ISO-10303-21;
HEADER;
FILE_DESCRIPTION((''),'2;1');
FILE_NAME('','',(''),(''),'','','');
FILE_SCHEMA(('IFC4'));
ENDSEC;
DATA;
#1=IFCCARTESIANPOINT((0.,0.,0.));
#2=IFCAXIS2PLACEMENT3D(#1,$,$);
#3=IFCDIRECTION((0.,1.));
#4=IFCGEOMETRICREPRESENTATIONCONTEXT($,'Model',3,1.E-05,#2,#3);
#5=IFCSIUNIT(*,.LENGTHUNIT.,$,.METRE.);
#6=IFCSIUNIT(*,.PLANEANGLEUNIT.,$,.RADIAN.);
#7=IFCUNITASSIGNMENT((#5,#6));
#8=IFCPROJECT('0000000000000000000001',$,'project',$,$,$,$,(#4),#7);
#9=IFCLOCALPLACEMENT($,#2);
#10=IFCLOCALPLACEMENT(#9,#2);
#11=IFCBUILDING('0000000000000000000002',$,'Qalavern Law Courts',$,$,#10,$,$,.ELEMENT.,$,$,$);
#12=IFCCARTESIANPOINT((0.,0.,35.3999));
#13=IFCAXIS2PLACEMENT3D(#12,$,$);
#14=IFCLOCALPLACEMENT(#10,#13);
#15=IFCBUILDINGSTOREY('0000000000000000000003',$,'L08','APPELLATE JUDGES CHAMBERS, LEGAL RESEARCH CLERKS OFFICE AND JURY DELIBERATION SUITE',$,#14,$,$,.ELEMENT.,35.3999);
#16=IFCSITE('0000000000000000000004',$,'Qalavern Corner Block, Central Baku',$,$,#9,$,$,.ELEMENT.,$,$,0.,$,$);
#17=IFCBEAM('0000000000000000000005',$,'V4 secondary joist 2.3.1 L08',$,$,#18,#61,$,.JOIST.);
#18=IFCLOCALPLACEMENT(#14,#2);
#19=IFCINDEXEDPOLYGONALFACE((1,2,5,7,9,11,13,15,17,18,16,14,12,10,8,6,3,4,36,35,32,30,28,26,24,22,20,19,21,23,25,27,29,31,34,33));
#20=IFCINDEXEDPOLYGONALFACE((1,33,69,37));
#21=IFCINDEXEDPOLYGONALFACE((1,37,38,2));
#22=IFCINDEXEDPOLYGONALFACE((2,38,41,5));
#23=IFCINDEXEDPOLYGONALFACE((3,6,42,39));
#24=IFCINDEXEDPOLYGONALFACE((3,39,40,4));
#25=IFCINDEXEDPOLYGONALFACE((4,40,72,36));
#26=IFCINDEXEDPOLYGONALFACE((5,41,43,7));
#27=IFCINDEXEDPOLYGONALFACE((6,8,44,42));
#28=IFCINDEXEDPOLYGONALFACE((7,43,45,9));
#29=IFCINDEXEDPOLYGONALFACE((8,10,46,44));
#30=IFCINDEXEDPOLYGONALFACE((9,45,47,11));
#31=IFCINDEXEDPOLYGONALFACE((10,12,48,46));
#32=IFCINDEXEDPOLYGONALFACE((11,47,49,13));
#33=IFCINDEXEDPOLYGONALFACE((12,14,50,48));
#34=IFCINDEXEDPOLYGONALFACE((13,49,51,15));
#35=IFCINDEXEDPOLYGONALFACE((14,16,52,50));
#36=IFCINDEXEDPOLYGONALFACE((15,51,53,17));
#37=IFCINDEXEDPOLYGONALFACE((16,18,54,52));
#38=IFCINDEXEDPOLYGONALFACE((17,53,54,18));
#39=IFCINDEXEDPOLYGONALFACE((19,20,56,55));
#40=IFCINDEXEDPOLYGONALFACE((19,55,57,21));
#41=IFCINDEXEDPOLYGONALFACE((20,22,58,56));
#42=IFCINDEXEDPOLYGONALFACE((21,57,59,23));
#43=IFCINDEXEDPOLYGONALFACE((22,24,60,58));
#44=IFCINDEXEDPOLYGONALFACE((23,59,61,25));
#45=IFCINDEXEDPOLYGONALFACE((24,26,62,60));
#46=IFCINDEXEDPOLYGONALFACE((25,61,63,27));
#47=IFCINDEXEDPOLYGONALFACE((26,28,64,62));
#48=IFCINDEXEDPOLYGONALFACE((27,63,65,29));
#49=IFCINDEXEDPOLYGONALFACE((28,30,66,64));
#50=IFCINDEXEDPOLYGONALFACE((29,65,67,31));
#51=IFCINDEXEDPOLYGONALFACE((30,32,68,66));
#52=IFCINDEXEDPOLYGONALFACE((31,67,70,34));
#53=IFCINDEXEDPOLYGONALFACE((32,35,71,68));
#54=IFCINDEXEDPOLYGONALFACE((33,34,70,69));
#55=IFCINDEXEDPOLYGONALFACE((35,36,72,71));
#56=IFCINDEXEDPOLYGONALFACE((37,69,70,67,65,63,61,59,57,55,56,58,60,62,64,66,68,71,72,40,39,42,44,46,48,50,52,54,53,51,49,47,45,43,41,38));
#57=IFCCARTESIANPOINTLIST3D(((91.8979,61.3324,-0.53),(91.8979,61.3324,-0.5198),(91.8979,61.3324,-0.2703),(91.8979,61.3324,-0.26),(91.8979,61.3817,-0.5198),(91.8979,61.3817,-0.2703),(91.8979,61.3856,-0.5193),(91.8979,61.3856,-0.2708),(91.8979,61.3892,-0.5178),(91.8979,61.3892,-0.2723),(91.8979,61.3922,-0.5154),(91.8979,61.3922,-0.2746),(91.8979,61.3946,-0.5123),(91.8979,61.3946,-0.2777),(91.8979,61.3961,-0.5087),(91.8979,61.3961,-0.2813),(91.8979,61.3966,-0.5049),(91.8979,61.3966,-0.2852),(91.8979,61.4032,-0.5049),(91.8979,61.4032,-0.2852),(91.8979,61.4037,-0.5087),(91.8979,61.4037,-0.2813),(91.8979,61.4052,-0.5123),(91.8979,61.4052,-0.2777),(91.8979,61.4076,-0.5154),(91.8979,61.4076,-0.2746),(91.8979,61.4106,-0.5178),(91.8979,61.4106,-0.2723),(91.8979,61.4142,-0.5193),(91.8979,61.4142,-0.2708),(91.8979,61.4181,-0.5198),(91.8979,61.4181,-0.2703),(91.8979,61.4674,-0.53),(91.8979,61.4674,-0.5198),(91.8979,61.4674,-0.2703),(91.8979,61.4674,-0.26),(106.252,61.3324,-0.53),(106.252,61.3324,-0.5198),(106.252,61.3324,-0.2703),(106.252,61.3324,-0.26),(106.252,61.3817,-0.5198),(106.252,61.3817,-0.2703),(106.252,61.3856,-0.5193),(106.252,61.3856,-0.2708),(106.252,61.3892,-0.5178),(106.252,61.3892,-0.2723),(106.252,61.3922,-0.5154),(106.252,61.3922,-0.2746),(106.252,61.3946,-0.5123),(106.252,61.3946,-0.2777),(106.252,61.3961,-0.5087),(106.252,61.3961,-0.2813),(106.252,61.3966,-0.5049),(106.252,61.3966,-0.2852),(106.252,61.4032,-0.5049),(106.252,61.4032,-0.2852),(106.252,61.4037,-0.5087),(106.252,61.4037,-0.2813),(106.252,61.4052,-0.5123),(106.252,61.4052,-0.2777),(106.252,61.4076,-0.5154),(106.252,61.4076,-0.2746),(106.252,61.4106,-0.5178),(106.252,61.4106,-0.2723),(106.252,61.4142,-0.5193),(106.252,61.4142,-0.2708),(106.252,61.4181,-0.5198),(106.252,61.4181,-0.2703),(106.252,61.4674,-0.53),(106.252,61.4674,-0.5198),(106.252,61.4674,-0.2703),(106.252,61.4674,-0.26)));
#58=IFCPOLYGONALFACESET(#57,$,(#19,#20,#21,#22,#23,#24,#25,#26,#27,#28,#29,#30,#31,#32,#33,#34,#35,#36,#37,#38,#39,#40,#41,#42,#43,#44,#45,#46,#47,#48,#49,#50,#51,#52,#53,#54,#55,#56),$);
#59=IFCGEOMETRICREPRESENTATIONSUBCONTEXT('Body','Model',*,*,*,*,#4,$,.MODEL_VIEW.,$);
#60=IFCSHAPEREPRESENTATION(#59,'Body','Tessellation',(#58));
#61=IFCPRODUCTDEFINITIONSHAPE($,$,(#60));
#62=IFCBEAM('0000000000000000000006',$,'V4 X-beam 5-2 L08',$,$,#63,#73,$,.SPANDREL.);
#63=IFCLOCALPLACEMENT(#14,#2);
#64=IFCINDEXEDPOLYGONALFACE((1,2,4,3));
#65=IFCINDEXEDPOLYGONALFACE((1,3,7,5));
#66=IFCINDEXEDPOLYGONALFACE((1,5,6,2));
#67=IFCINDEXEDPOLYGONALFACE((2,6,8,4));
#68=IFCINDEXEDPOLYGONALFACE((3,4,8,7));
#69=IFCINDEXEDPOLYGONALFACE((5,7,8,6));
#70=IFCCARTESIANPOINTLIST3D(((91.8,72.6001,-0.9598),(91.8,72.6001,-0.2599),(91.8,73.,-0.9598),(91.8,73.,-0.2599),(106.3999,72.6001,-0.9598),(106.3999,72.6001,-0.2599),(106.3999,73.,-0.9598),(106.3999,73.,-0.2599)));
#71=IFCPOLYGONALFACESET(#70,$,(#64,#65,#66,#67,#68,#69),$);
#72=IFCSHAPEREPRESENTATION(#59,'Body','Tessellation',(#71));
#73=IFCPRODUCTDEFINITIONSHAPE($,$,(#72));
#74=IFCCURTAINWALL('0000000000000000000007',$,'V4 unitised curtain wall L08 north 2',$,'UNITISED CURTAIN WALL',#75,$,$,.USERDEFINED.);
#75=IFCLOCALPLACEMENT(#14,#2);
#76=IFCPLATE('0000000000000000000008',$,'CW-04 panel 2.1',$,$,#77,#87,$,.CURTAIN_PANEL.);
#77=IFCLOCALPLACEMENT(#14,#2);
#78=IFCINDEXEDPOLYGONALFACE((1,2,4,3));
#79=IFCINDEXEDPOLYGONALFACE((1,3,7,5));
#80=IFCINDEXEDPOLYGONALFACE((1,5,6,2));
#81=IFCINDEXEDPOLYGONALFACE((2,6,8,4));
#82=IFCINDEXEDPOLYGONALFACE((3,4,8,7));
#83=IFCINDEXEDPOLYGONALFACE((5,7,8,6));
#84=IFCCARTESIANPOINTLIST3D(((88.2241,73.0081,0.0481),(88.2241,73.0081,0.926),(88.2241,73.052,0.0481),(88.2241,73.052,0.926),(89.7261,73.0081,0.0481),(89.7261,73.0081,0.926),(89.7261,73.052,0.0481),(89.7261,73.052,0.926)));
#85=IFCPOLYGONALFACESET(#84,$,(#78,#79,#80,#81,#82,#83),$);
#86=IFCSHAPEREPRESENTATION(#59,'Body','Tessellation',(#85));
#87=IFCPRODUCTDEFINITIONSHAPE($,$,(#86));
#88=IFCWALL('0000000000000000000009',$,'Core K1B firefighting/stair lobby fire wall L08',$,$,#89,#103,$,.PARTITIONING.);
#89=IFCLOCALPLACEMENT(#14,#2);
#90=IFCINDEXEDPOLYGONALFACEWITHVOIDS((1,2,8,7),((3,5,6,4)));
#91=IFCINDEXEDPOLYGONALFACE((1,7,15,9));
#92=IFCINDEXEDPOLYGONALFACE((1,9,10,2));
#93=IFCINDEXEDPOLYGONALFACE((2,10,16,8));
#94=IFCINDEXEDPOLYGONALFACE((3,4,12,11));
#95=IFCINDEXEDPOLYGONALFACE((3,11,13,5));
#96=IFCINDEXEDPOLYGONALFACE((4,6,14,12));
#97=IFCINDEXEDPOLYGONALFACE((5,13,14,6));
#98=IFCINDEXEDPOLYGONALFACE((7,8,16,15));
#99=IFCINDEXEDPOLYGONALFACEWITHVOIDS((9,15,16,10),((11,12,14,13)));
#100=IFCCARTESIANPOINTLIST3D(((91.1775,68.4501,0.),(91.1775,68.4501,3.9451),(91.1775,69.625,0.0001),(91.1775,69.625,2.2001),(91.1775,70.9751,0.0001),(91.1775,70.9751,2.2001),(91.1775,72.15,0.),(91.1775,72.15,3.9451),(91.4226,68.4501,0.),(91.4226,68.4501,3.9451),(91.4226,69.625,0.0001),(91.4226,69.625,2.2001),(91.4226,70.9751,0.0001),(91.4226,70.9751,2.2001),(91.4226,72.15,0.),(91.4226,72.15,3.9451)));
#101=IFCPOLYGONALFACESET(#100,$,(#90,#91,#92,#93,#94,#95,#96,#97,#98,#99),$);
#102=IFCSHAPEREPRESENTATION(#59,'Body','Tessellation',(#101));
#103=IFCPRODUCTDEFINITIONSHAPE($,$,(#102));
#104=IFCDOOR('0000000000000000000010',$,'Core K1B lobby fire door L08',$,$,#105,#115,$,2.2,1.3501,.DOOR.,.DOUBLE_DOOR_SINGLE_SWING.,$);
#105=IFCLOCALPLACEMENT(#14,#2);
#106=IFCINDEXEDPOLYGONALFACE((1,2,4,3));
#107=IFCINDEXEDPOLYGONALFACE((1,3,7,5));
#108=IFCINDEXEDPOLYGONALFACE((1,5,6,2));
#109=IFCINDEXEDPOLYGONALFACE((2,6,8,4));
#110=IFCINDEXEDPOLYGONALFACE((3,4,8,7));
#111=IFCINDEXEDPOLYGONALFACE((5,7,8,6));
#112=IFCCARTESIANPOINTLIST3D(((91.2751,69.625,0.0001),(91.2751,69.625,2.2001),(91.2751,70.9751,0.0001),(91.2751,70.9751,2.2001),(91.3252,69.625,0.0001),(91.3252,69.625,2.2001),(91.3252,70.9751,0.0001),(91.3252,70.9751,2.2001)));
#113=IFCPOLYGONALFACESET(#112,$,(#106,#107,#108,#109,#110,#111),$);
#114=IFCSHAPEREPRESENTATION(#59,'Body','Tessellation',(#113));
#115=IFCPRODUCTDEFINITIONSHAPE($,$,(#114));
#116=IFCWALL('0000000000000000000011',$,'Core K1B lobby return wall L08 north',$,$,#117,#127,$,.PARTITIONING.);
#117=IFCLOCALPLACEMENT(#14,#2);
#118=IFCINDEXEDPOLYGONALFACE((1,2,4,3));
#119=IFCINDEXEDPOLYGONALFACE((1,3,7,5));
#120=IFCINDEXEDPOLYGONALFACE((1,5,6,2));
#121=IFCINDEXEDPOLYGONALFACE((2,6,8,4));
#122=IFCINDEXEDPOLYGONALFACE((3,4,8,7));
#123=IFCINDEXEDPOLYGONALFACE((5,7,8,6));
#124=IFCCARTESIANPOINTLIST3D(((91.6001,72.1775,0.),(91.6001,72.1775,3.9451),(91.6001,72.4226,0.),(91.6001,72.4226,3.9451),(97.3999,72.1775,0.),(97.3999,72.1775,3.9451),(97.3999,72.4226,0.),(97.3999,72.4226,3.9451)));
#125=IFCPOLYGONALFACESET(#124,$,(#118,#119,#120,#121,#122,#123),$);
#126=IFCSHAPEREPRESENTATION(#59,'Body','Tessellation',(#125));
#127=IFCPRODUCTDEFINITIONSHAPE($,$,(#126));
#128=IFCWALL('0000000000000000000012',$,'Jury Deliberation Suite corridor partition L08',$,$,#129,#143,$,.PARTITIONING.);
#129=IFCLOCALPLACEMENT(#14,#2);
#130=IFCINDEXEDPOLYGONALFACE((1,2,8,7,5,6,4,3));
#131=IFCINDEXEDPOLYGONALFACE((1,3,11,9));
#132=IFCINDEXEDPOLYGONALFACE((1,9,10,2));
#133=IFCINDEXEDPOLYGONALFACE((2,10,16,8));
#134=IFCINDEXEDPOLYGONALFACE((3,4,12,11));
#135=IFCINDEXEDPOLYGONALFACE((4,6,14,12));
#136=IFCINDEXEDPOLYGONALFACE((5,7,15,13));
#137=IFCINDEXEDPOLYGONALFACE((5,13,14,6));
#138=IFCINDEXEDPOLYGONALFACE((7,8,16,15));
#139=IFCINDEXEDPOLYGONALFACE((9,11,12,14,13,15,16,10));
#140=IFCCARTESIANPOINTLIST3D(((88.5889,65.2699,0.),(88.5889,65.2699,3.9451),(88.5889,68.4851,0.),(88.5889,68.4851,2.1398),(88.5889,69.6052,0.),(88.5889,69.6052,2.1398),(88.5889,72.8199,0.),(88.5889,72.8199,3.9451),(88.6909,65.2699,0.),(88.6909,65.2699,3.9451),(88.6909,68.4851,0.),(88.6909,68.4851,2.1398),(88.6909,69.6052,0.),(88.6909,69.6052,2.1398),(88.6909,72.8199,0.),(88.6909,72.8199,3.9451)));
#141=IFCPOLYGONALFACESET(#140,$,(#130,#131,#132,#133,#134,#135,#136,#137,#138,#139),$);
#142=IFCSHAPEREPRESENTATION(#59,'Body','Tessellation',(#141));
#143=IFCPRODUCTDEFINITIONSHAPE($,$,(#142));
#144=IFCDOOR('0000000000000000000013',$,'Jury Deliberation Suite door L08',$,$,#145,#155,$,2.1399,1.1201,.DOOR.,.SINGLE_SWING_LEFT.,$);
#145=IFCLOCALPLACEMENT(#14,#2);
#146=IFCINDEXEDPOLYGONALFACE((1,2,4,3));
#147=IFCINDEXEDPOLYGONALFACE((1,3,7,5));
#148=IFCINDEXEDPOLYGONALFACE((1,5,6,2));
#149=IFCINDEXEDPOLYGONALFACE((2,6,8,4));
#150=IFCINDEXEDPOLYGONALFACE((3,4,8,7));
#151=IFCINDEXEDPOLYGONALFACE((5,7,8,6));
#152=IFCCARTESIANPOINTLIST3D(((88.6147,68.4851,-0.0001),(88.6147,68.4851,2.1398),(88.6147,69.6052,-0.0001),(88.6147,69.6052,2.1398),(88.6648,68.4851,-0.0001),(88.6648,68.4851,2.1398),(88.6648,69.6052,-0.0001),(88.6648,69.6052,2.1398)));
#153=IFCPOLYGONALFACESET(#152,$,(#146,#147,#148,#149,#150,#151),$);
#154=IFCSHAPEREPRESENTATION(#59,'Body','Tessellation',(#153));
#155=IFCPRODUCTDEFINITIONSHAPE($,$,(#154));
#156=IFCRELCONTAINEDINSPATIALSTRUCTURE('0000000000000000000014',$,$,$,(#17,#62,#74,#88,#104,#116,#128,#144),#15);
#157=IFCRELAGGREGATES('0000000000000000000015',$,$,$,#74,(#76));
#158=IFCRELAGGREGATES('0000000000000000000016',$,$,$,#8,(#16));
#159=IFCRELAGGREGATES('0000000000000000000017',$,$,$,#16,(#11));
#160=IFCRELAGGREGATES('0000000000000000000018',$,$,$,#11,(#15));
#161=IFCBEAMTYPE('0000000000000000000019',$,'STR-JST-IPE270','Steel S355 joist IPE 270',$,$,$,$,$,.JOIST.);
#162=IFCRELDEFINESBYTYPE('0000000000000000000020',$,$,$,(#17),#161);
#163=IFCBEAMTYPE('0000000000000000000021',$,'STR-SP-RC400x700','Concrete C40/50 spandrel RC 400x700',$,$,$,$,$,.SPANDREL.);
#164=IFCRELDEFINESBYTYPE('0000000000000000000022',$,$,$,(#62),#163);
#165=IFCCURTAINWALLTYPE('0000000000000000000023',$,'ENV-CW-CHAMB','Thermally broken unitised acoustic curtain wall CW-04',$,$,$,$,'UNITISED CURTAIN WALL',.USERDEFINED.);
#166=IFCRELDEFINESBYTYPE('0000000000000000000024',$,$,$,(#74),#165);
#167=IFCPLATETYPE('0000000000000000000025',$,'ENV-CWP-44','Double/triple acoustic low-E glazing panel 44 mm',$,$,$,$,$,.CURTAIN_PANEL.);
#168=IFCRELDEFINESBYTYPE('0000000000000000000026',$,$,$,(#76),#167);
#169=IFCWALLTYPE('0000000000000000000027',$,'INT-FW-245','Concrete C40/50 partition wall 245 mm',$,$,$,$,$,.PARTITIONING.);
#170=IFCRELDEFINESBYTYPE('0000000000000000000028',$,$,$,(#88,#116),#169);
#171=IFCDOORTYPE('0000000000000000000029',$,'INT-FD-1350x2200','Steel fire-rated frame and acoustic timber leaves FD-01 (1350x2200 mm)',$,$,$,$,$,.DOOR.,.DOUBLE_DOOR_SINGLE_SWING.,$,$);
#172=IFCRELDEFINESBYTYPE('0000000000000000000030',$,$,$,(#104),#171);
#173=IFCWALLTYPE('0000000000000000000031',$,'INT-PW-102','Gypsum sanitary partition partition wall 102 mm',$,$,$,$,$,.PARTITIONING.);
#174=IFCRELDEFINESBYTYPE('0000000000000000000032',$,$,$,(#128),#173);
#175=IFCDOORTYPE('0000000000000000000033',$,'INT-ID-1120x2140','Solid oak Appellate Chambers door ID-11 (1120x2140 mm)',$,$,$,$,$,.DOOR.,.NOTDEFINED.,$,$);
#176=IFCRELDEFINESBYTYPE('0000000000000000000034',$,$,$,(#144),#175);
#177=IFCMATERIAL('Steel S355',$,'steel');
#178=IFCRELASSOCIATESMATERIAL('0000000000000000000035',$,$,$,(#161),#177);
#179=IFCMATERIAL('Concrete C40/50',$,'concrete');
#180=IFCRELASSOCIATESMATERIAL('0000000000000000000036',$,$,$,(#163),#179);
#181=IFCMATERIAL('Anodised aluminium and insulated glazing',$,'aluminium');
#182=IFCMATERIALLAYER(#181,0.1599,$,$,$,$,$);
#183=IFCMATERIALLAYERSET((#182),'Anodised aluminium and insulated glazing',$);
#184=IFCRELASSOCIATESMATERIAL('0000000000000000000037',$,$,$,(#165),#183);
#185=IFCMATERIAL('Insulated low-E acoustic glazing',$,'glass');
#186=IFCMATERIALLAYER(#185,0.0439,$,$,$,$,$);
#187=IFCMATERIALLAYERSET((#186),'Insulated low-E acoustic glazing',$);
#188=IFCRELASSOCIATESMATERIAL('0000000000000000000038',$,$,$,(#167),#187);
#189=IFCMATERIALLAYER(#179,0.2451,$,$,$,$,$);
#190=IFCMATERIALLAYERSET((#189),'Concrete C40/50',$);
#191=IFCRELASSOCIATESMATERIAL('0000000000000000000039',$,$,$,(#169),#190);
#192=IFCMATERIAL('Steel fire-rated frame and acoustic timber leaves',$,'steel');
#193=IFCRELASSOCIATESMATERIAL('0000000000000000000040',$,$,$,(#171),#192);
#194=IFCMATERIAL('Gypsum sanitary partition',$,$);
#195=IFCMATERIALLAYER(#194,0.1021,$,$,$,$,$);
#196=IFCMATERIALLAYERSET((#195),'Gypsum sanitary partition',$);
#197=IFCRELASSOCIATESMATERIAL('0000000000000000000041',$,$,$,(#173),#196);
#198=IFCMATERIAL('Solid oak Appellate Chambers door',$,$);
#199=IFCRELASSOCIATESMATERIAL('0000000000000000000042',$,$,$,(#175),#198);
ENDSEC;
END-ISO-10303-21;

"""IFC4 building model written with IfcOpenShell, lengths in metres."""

from ifc_helpers import new_model, si_unit, direction, frame, frame_2d, origin, origin_2d, place, context, subcontext, project, spatial, rectangle, i_section, extrude, material, layer, layer_set, material_profile, profile_set, type_object, element, fill, aggregate, save


model = new_model("IFC4")

# Units and contexts
model_context = context("Model", 3, precision=1e-05, world=origin(), true_north=direction((0.0, 1.0)))
body_context = subcontext(model_context, "Body", "Model", "MODEL_VIEW")
ifc_project = project(units=[si_unit("LENGTHUNIT", "METRE"), si_unit("PLANEANGLEUNIT", "RADIAN")], contexts=[model_context])

# Site, building, storey
site_placement = place(None, origin())
site = spatial("IfcSite", under=ifc_project, at=site_placement, Name="Qalavern Corner Block, Central Baku", CompositionType="ELEMENT", RefElevation=0.0)
building_placement = place(site_placement, origin())
building = spatial("IfcBuilding", under=site, at=building_placement, Name="Qalavern Law Courts", CompositionType="ELEMENT")
storey_placement = place(building_placement, frame((0.0, 0.0, 35.3999)))
storey = spatial("IfcBuildingStorey", under=building, at=storey_placement, Name="L08", Description="APPELLATE JUDGES CHAMBERS, LEGAL RESEARCH CLERKS OFFICE AND JURY DELIBERATION SUITE", CompositionType="ELEMENT", Elevation=35.3999)

# Beams
ifc_material_1 = material(Name="Steel S355", Category="steel")
ifc_material_2 = material(Name="Concrete C40/50", Category="concrete")
ifc_material_profile_1 = material_profile(ifc_material_1, i_section(OverallWidth=0.135, OverallDepth=0.27, WebThickness=0.0066, FlangeThickness=0.0103, FilletRadius=0.0149, at=origin_2d()), Name="IPE 270")
ifc_profile_set_1 = profile_set([ifc_material_profile_1], Name="Steel S355")
beam_type_1 = type_object("IfcBeamType", Name="STR-JST-IPE270", Description="Steel S355 joist IPE 270", PredefinedType="JOIST", material=ifc_profile_set_1)
beam_1_placement = place(storey_placement, frame((91.8979, 61.3999, -0.395), z_axis=(1.0, 0.0, 0.0), x_axis=(0.0, 1.0, 0.0)))
element("IfcBeam", 1, at=beam_1_placement, inside=storey, type_object=beam_type_1, Name="V4 secondary joist 2.3.1 L08", PredefinedType="JOIST", context=body_context, shape_type="SweptSolid", body=[
    extrude(i_section(OverallWidth=0.135, OverallDepth=0.27, WebThickness=0.0066, FlangeThickness=0.0103, FilletRadius=0.0149, at=origin_2d()), origin(), (0.0, 0.0, 1.0), 14.354),
])
ifc_material_profile_2 = material_profile(ifc_material_2, rectangle(XDim=0.3999, YDim=0.7, at=origin_2d()), Name="RC 400x700")
ifc_profile_set_2 = profile_set([ifc_material_profile_2], Name="Concrete C40/50")
beam_type_2 = type_object("IfcBeamType", Name="STR-SP-RC400x700", Description="Concrete C40/50 spandrel RC 400x700", PredefinedType="SPANDREL", material=ifc_profile_set_2)
beam_2_placement = place(storey_placement, frame((91.8, 72.8, -0.6099), z_axis=(1.0, 0.0, 0.0), x_axis=(0.0, 1.0, 0.0)))
element("IfcBeam", 2, at=beam_2_placement, inside=storey, type_object=beam_type_2, Name="V4 X-beam 5-2 L08", PredefinedType="SPANDREL", context=body_context, shape_type="SweptSolid", body=[
    extrude(rectangle(XDim=0.3999, YDim=0.7, at=origin_2d()), origin(), (0.0, 0.0, 1.0), 14.5999),
])

# Curtain wall, plate
ifc_material_3 = material(Name="Anodised aluminium and insulated glazing", Category="aluminium")
ifc_layer_1 = layer(ifc_material_3, 0.1599)
ifc_layer_set_1 = layer_set([ifc_layer_1], Name="Anodised aluminium and insulated glazing")
curtain_wall_type = type_object("IfcCurtainWallType", Name="ENV-CW-CHAMB", Description="Thermally broken unitised acoustic curtain wall CW-04", ElementType="UNITISED CURTAIN WALL", PredefinedType="USERDEFINED", material=ifc_layer_set_1)
curtain_wall_placement = place(storey_placement, origin())
curtain_wall = element("IfcCurtainWall", 3, at=curtain_wall_placement, inside=storey, type_object=curtain_wall_type, Name="V4 unitised curtain wall L08 north 2", ObjectType="UNITISED CURTAIN WALL", PredefinedType="USERDEFINED")
ifc_material_4 = material(Name="Insulated low-E acoustic glazing", Category="glass")
ifc_layer_2 = layer(ifc_material_4, 0.0439)
ifc_layer_set_2 = layer_set([ifc_layer_2], Name="Insulated low-E acoustic glazing")
plate_type = type_object("IfcPlateType", Name="ENV-CWP-44", Description="Double/triple acoustic low-E glazing panel 44 mm", PredefinedType="CURTAIN_PANEL", material=ifc_layer_set_2)
plate_placement = place(storey_placement, frame((88.9751, 73.03, 0.0481), z_axis=(0.0, 0.0, 1.0), x_axis=(-1.0, 0.0, 0.0)))
plate = element("IfcPlate", 4, at=plate_placement, type_object=plate_type, Name="CW-04 panel 2.1", PredefinedType="CURTAIN_PANEL", context=body_context, shape_type="SweptSolid", body=[
    extrude(rectangle(XDim=1.502, YDim=0.0439, at=origin_2d()), origin(), (0.0, 0.0, 1.0), 0.8779),
])
aggregate(curtain_wall, [plate])

# Wall, opening, door
ifc_layer_3 = layer(ifc_material_2, 0.2451)
ifc_layer_set_3 = layer_set([ifc_layer_3], Name="Concrete C40/50")
wall_type_1 = type_object("IfcWallType", Name="INT-FW-245", Description="Concrete C40/50 partition wall 245 mm", PredefinedType="PARTITIONING", material=ifc_layer_set_3)
wall_1_placement = place(storey_placement, frame((91.3, 68.45, 0.0), z_axis=(0.0, 0.0, 1.0), x_axis=(0.0, 1.0, 0.0)))
wall_1 = element("IfcWall", 5, at=wall_1_placement, inside=storey, type_object=wall_type_1, Name="Core K1B firefighting/stair lobby fire wall L08", PredefinedType="PARTITIONING", context=body_context, shape_type="SweptSolid", body=[
    extrude(rectangle(XDim=3.7, YDim=0.2451, at=frame_2d((1.8501, 0.0))), origin(), (0.0, 0.0, 1.0), 3.9451),
])
opening_1_placement = place(wall_1_placement, frame((1.175, 0.0, 0.0)))
opening_1 = element("IfcOpeningElement", 6, at=opening_1_placement, cuts=wall_1, PredefinedType="OPENING", context=body_context, shape_type="SweptSolid", body=[
    extrude(rectangle(XDim=1.3501, YDim=2.2, at=frame_2d((0.675, 1.1001))), frame((0.0, 0.1375, 0.0), z_axis=(0.0, -1.0, 0.0), x_axis=(1.0, 0.0, 0.0)), (0.0, 0.0, 1.0), 0.2749),
])
ifc_material_5 = material(Name="Steel fire-rated frame and acoustic timber leaves", Category="steel")
door_type_1 = type_object("IfcDoorType", Name="INT-FD-1350x2200", Description="Steel fire-rated frame and acoustic timber leaves FD-01 (1350x2200 mm)", OperationType="DOUBLE_DOOR_SINGLE_SWING", PredefinedType="DOOR", material=ifc_material_5)
door_1_placement = place(opening_1_placement, origin())
door_1 = element("IfcDoor", 7, at=door_1_placement, inside=storey, type_object=door_type_1, Name="Core K1B lobby fire door L08", OperationType="DOUBLE_DOOR_SINGLE_SWING", OverallHeight=2.2, OverallWidth=1.3501, PredefinedType="DOOR", context=body_context, shape_type="SweptSolid", body=[
    extrude(rectangle(XDim=1.3501, YDim=2.2, at=frame_2d((0.675, 1.1001))), frame((0.0, 0.0249, 0.0), z_axis=(0.0, -1.0, 0.0), x_axis=(1.0, 0.0, 0.0)), (0.0, 0.0, 1.0), 0.05),
])
fill(opening_1, door_1)

# Wall
wall_2_placement = place(storey_placement, frame((91.6001, 72.3, 0.0), z_axis=(0.0, 0.0, 1.0), x_axis=(1.0, 0.0, 0.0)))
element("IfcWall", 8, at=wall_2_placement, inside=storey, type_object=wall_type_1, Name="Core K1B lobby return wall L08 north", PredefinedType="PARTITIONING", context=body_context, shape_type="SweptSolid", body=[
    extrude(rectangle(XDim=5.7998, YDim=0.2451, at=frame_2d((2.8999, 0.0))), origin(), (0.0, 0.0, 1.0), 3.9451),
])

# Wall, opening, door
ifc_material_6 = material(Name="Gypsum sanitary partition")
ifc_layer_4 = layer(ifc_material_6, 0.1021)
ifc_layer_set_4 = layer_set([ifc_layer_4], Name="Gypsum sanitary partition")
wall_type_2 = type_object("IfcWallType", Name="INT-PW-102", Description="Gypsum sanitary partition partition wall 102 mm", PredefinedType="PARTITIONING", material=ifc_layer_set_4)
wall_3_placement = place(storey_placement, frame((88.6399, 65.27, 0.0), z_axis=(0.0, 0.0, 1.0), x_axis=(0.0, 1.0, 0.0)))
wall_3 = element("IfcWall", 9, at=wall_3_placement, inside=storey, type_object=wall_type_2, Name="Jury Deliberation Suite corridor partition L08", PredefinedType="PARTITIONING", context=body_context, shape_type="SweptSolid", body=[
    extrude(rectangle(XDim=7.55, YDim=0.1021, at=frame_2d((3.7749, 0.0))), origin(), (0.0, 0.0, 1.0), 3.9451),
])
opening_2_placement = place(wall_3_placement, frame((3.2151, 0.0, 0.0)))
opening_2 = element("IfcOpeningElement", 10, at=opening_2_placement, cuts=wall_3, PredefinedType="OPENING", context=body_context, shape_type="SweptSolid", body=[
    extrude(rectangle(XDim=1.1201, YDim=2.1399, at=frame_2d((0.5601, 1.0698))), frame((0.0, 0.0659, 0.0), z_axis=(0.0, -1.0, 0.0), x_axis=(1.0, 0.0, 0.0)), (0.0, 0.0, 1.0), 0.1318),
])
ifc_material_7 = material(Name="Solid oak Appellate Chambers door")
door_type_2 = type_object("IfcDoorType", Name="INT-ID-1120x2140", Description="Solid oak Appellate Chambers door ID-11 (1120x2140 mm)", OperationType="NOTDEFINED", PredefinedType="DOOR", material=ifc_material_7)
door_2_placement = place(opening_2_placement, frame((1.1201, 0.0, 0.0), z_axis=(0.0, 0.0, 1.0), x_axis=(-1.0, 0.0, 0.0)))
door_2 = element("IfcDoor", 11, at=door_2_placement, inside=storey, type_object=door_type_2, Name="Jury Deliberation Suite door L08", OperationType="SINGLE_SWING_LEFT", OverallHeight=2.1399, OverallWidth=1.1201, PredefinedType="DOOR", context=body_context, shape_type="SweptSolid", body=[
    extrude(rectangle(XDim=1.1201, YDim=2.1399, at=frame_2d((0.5601, 1.0698))), frame((0.0, 0.0249, 0.0), z_axis=(0.0, -1.0, 0.0), x_axis=(1.0, 0.0, 0.0)), (0.0, 0.0, 1.0), 0.05),
])
fill(opening_2, door_2)

save(model, "model.ifc")
